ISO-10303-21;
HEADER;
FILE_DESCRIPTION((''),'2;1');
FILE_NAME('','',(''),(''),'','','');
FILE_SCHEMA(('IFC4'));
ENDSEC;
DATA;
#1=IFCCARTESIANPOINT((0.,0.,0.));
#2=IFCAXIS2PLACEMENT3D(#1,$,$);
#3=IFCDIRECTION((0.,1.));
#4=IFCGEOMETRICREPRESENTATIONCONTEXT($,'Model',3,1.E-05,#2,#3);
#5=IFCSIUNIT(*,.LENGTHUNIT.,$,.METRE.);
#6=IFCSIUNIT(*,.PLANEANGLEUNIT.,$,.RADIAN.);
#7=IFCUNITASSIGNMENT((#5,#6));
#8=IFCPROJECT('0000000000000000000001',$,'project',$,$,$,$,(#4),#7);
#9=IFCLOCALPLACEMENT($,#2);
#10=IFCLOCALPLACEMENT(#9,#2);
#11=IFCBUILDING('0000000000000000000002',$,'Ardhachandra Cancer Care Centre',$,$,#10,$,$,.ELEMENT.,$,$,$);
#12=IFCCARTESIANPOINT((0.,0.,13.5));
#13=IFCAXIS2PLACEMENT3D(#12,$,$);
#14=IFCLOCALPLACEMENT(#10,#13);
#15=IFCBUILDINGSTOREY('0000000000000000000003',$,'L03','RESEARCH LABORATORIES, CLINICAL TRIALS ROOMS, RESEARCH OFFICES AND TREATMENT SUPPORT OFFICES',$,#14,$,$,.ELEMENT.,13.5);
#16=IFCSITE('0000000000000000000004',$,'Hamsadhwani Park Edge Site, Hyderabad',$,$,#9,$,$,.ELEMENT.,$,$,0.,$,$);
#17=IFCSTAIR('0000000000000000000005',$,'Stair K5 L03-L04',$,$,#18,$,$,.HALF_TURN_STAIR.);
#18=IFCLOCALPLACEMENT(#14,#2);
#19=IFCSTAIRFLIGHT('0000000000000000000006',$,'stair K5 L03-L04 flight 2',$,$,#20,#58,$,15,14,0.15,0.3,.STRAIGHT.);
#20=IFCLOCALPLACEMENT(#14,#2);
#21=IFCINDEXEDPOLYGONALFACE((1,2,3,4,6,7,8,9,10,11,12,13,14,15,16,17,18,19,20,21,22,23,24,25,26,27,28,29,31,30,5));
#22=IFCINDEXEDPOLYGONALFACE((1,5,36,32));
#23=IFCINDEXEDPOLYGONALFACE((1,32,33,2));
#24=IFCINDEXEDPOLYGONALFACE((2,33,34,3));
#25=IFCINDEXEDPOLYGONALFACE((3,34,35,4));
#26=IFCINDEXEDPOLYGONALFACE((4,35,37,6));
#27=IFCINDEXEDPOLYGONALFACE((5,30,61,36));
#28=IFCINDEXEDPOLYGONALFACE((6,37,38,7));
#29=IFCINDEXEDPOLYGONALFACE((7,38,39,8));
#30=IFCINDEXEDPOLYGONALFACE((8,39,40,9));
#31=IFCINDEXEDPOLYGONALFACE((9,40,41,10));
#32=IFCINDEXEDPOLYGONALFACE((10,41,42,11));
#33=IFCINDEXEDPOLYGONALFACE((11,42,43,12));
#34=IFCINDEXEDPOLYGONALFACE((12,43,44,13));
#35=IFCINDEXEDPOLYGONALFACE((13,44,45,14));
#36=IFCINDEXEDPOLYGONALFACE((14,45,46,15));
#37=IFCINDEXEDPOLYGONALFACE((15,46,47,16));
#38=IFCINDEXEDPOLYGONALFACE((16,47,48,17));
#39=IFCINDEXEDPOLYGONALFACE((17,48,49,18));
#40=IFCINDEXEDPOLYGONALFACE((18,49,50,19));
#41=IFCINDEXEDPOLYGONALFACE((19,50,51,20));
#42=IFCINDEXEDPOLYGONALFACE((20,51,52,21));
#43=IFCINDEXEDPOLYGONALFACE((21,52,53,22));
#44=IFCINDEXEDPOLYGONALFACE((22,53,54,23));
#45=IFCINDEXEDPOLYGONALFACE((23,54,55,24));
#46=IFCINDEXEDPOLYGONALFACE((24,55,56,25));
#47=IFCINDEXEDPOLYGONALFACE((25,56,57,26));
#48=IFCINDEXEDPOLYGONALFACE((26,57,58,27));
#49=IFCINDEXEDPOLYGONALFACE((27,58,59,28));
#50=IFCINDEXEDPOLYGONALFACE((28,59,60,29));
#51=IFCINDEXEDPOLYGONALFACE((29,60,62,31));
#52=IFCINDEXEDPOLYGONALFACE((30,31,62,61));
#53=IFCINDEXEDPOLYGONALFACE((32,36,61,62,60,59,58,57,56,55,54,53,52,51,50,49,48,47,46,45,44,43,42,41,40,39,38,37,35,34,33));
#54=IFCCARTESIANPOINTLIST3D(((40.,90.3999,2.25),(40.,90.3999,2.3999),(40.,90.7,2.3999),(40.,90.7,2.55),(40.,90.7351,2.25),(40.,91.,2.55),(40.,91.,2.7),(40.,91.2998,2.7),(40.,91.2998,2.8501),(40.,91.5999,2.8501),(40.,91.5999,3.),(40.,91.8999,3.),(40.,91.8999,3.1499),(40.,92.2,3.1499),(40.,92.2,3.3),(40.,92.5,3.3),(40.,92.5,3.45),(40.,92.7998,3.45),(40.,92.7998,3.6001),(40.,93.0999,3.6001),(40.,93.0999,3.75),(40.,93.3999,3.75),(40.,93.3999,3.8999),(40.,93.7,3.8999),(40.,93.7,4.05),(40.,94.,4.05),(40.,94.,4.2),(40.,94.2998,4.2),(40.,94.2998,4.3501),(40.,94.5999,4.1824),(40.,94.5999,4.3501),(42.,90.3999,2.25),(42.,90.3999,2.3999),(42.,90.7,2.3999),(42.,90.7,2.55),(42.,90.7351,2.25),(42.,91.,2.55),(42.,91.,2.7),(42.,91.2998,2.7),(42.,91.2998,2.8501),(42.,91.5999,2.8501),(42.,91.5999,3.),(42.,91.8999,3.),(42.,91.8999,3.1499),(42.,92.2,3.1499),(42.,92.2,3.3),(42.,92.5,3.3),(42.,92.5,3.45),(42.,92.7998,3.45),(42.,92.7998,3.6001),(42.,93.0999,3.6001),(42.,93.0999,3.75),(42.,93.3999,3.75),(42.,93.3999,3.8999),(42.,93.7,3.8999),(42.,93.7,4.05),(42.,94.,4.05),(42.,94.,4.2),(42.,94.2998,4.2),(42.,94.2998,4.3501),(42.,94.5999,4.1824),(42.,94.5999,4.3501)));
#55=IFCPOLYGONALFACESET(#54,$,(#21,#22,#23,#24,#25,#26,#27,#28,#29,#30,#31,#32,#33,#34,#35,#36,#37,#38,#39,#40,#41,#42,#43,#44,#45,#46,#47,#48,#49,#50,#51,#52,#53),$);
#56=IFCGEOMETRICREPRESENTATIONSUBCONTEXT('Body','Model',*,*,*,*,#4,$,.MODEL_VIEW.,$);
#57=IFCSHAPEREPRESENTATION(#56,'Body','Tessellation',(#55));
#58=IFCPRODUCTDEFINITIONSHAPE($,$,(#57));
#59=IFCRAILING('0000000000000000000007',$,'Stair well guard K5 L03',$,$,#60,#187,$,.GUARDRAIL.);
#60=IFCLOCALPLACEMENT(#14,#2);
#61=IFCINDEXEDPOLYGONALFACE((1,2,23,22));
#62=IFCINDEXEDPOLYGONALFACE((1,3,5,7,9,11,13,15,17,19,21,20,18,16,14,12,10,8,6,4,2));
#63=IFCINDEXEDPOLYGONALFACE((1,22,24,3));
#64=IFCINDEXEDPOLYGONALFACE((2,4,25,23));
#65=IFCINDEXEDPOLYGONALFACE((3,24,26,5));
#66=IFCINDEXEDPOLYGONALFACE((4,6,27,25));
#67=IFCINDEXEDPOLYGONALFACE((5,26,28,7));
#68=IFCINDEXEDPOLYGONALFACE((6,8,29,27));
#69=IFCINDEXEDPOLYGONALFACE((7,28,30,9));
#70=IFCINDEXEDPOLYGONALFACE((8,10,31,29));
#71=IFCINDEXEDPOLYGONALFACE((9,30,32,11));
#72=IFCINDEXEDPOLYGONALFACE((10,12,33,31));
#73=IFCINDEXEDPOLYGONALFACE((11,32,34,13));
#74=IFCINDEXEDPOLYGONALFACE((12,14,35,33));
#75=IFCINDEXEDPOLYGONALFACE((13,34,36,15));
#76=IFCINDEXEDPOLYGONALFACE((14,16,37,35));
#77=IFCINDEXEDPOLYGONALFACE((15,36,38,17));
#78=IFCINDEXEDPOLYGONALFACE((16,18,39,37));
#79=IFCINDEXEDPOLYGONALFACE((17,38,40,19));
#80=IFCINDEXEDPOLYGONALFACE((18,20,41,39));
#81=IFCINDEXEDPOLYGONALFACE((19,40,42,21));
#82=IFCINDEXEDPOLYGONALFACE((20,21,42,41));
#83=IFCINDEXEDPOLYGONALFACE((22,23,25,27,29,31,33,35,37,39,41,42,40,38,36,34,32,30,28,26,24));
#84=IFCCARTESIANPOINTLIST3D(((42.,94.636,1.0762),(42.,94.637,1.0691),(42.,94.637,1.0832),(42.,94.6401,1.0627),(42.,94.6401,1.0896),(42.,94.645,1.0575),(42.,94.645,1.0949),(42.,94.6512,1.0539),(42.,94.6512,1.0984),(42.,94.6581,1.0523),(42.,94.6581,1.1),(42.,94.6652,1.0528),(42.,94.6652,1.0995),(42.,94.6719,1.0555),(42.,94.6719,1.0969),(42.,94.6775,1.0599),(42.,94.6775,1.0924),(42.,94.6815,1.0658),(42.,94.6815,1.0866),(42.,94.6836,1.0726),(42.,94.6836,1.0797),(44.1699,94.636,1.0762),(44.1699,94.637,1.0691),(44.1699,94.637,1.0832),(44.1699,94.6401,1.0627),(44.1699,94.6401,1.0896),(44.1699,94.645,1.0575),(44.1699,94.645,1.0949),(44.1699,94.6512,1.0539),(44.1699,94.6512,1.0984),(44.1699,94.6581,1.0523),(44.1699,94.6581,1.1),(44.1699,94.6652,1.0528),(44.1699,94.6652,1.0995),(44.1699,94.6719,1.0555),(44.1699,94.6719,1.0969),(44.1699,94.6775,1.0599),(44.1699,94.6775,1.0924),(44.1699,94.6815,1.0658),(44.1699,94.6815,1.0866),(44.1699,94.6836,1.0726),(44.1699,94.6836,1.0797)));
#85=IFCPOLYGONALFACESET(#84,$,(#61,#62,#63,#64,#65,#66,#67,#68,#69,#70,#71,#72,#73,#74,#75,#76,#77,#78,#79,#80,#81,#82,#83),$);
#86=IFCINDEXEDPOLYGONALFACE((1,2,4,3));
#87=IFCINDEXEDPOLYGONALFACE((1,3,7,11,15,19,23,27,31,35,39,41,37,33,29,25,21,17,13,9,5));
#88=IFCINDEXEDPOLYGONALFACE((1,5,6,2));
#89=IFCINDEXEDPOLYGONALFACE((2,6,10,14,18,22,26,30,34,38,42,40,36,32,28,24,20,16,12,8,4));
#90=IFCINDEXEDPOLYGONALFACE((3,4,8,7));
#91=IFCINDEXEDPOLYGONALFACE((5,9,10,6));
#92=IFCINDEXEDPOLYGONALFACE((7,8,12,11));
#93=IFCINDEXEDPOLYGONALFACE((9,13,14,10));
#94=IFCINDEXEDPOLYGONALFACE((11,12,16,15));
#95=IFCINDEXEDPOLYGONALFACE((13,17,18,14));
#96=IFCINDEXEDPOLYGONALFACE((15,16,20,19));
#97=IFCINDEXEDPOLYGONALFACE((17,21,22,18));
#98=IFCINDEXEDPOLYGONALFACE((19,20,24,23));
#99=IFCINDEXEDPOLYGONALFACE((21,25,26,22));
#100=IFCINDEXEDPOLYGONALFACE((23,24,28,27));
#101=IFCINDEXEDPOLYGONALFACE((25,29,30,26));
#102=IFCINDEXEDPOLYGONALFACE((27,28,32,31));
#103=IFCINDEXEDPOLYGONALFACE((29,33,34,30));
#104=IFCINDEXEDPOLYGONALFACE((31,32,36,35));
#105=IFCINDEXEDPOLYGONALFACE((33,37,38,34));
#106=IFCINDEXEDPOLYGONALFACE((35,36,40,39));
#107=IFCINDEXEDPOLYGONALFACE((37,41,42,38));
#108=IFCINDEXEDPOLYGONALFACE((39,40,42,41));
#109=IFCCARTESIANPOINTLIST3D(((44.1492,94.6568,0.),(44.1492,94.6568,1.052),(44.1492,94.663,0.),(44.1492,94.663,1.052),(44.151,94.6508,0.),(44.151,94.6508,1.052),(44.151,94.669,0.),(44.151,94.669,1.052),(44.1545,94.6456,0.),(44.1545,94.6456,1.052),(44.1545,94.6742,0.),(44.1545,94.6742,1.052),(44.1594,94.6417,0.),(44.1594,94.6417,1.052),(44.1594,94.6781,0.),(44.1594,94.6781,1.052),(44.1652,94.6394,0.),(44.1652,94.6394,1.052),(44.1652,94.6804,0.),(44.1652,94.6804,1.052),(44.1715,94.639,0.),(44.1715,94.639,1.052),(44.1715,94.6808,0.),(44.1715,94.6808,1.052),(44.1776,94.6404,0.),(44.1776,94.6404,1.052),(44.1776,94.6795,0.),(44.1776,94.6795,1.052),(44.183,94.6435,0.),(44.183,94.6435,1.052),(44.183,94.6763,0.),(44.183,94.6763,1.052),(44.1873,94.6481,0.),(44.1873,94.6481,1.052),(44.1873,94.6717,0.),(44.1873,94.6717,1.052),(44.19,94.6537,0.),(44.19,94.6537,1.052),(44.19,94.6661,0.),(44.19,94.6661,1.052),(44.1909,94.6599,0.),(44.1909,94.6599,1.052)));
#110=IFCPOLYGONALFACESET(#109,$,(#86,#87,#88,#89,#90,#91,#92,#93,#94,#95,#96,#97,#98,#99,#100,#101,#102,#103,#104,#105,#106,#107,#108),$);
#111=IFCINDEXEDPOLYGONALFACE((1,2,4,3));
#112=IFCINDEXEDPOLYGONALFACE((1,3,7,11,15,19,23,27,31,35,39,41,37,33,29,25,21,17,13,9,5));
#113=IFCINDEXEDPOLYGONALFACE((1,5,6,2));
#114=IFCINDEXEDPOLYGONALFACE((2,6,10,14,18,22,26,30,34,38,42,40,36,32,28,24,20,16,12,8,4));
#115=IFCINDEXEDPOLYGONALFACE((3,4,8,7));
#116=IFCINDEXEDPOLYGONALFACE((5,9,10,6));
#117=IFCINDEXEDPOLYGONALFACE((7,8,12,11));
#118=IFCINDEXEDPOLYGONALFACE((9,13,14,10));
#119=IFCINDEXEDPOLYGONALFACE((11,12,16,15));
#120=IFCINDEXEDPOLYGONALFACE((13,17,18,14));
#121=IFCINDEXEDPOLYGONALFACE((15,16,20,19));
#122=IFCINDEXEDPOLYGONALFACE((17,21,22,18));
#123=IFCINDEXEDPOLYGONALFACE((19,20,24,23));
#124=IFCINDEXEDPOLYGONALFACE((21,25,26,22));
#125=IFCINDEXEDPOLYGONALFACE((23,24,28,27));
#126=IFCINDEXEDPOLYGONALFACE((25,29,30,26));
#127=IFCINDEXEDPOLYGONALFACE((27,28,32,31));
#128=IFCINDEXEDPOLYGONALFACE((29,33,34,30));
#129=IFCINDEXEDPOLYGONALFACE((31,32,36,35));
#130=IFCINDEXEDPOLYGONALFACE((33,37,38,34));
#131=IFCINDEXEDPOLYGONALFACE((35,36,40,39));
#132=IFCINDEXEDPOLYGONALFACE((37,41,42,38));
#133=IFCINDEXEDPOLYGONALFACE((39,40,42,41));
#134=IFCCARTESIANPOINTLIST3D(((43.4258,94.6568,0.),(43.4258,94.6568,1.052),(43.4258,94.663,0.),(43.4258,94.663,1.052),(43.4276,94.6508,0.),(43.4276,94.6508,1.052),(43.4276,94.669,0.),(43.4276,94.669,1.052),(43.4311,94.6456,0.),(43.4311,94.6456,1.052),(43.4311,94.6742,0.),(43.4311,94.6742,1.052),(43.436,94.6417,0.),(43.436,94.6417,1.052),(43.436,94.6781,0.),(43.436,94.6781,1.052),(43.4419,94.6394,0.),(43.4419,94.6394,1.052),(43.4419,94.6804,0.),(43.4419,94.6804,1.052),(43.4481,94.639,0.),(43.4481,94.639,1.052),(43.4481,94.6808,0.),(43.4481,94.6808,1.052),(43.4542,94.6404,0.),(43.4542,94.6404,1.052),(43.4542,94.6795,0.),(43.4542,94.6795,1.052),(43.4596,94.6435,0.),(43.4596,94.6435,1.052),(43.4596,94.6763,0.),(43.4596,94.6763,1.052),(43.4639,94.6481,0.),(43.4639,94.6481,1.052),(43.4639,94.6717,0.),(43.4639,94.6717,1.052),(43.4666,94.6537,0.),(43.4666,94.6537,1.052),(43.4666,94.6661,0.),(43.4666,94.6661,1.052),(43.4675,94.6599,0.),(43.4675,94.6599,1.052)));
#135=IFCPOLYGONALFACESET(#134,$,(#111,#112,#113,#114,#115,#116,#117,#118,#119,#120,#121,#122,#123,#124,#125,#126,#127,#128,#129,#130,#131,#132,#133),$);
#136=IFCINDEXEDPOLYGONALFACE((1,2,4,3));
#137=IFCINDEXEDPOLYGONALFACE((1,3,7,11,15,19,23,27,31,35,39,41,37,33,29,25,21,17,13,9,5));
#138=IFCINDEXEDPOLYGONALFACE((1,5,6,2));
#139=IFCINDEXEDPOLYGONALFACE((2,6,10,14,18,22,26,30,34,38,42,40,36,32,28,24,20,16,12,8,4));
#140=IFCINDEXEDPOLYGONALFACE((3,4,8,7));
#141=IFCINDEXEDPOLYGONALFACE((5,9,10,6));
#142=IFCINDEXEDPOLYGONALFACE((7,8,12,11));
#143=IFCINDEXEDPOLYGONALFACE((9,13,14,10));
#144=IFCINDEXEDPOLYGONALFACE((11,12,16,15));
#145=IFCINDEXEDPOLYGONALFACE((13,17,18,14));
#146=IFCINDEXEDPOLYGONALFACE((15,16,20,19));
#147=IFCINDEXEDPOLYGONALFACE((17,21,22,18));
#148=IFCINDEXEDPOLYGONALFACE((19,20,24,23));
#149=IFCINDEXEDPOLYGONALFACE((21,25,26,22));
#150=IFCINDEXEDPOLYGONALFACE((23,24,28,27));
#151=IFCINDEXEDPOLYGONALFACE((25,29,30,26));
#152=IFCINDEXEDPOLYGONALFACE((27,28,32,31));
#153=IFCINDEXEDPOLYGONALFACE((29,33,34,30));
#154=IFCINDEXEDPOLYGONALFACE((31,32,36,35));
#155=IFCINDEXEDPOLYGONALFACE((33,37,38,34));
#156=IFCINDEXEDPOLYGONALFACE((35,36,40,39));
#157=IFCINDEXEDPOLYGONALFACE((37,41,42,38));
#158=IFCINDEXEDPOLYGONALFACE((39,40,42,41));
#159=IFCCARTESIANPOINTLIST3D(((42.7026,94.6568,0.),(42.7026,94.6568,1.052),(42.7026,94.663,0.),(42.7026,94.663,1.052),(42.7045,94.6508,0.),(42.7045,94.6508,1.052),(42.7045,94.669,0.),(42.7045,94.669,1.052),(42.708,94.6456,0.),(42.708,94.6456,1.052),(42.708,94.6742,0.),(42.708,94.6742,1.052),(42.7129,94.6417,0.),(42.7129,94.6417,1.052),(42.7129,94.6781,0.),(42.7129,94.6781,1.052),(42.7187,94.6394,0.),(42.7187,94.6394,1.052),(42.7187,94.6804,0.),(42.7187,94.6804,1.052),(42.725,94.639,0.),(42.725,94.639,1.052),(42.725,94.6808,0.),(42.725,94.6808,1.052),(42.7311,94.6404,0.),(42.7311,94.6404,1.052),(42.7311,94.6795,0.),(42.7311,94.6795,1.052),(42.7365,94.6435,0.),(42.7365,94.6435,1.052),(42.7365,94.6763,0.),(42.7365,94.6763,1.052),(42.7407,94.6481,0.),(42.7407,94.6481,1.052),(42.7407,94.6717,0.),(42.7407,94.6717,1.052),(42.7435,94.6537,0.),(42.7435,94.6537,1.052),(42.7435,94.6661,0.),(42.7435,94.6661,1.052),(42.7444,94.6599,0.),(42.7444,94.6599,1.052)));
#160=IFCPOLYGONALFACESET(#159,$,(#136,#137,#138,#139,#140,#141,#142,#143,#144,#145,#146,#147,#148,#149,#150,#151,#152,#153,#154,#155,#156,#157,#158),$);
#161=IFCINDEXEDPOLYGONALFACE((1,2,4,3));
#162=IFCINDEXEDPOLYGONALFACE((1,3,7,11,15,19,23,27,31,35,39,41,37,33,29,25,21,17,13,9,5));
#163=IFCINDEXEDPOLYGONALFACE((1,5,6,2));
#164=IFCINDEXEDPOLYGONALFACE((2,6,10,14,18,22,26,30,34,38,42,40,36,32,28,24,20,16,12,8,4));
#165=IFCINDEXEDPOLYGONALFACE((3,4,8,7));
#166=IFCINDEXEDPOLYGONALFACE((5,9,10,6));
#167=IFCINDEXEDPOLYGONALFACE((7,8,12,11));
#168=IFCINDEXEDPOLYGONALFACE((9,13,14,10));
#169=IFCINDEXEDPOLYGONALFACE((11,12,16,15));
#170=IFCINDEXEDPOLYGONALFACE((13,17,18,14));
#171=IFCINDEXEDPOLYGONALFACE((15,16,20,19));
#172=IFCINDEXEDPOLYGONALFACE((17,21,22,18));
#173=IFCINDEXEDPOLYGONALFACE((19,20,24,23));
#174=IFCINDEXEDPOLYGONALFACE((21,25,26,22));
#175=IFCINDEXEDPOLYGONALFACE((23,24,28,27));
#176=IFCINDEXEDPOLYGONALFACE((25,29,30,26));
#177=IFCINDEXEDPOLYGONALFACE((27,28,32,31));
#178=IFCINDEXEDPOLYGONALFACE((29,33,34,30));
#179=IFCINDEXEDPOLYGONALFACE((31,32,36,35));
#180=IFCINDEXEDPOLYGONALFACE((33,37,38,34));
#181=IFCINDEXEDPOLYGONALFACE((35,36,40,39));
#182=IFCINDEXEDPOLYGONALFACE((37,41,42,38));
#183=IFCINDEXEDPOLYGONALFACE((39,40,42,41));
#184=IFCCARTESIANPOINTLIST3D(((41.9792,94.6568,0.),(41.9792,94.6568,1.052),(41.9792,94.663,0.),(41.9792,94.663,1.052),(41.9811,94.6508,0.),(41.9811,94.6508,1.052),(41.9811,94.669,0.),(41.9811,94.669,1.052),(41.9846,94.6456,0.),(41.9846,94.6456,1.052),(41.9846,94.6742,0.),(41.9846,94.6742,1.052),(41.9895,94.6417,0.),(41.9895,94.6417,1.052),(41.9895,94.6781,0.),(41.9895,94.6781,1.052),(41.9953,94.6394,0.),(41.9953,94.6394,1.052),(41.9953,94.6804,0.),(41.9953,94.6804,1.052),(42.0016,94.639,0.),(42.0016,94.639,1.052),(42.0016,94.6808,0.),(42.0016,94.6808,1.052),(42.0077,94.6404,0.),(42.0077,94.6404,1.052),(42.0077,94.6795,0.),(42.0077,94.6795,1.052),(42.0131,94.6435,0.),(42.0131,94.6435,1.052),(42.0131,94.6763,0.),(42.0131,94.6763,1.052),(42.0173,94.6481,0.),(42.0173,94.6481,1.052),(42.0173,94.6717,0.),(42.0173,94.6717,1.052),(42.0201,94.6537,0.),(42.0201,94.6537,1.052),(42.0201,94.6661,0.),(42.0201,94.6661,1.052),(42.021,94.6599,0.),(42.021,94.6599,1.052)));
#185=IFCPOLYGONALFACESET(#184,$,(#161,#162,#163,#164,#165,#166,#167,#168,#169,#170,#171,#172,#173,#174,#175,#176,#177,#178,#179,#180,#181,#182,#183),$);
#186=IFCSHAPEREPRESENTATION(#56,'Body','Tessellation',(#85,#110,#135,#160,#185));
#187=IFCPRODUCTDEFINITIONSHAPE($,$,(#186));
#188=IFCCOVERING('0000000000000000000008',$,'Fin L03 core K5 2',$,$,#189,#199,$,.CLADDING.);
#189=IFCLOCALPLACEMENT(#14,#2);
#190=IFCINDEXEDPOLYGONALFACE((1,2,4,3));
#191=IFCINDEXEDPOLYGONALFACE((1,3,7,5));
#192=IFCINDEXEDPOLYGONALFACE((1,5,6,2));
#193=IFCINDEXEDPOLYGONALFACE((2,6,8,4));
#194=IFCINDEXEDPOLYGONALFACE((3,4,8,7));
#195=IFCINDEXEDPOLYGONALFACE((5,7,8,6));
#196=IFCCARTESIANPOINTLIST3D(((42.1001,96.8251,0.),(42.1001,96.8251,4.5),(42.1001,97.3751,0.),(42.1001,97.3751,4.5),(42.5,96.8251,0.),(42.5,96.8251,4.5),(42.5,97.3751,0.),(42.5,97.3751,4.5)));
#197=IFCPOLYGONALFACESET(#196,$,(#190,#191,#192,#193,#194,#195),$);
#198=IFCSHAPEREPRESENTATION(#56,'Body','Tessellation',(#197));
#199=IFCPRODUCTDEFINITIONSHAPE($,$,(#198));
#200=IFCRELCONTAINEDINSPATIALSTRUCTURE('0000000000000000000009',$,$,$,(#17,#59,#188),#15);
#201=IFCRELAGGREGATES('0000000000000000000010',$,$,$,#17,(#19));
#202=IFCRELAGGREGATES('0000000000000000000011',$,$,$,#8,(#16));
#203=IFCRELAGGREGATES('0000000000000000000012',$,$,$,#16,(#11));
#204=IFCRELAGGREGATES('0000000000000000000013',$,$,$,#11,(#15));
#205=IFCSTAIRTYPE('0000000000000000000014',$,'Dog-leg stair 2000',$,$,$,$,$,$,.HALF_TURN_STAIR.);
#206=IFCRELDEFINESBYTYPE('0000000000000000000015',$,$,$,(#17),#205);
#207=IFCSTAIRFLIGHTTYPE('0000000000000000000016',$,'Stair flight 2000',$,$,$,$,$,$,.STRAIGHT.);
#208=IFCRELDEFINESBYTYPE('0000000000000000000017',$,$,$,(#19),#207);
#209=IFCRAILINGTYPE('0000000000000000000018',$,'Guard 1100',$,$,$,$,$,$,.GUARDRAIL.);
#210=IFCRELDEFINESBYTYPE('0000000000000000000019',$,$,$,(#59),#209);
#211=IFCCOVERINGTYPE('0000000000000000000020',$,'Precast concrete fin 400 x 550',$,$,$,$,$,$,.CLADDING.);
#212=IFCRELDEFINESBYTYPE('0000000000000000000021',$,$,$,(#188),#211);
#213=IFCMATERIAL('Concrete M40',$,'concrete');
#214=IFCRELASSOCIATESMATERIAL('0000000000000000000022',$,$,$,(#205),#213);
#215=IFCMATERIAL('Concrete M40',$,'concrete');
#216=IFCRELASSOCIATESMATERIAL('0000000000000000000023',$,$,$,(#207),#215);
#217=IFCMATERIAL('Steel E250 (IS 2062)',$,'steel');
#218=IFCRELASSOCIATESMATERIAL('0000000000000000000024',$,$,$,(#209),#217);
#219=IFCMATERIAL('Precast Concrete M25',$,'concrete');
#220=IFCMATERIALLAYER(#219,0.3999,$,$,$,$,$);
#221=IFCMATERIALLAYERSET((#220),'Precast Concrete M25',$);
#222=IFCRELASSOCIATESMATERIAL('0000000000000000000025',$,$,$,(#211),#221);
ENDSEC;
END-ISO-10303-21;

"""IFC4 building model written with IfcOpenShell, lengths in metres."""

from ifc_helpers import new_model, si_unit, direction, frame, origin, origin_2d, place, context, subcontext, project, spatial, polyline, rectangle, circle, outline, extrude, material, layer, layer_set, type_object, element, aggregate, save


model = new_model("IFC4")

# Units and contexts
model_context = context("Model", 3, precision=1e-05, world=origin(), true_north=direction((0.0, 1.0)))
body_context = subcontext(model_context, "Body", "Model", "MODEL_VIEW")
ifc_project = project(units=[si_unit("LENGTHUNIT", "METRE"), si_unit("PLANEANGLEUNIT", "RADIAN")], contexts=[model_context])

# Site, building, storey
site_placement = place(None, origin())
site = spatial("IfcSite", under=ifc_project, at=site_placement, Name="Hamsadhwani Park Edge Site, Hyderabad", CompositionType="ELEMENT", RefElevation=0.0)
building_placement = place(site_placement, origin())
building = spatial("IfcBuilding", under=site, at=building_placement, Name="Ardhachandra Cancer Care Centre", CompositionType="ELEMENT")
storey_placement = place(building_placement, frame((0.0, 0.0, 13.5)))
storey = spatial("IfcBuildingStorey", under=building, at=storey_placement, Name="L03", Description="RESEARCH LABORATORIES, CLINICAL TRIALS ROOMS, RESEARCH OFFICES AND TREATMENT SUPPORT OFFICES", CompositionType="ELEMENT", Elevation=13.5)

# Stair, stair flight
ifc_material_1 = material(Name="Concrete M40", Category="concrete")
stair_type = type_object("IfcStairType", Name="Dog-leg stair 2000", PredefinedType="HALF_TURN_STAIR", material=ifc_material_1)
stair_placement = place(storey_placement, origin())
stair = element("IfcStair", 1, at=stair_placement, inside=storey, type_object=stair_type, Name="Stair K5 L03-L04", PredefinedType="HALF_TURN_STAIR")
ifc_material_2 = material(Name="Concrete M40", Category="concrete")
stair_flight_type = type_object("IfcStairFlightType", Name="Stair flight 2000", PredefinedType="STRAIGHT", material=ifc_material_2)
stair_flight_1_placement = place(storey_placement, frame((41.0, 90.3999, 2.25), z_axis=(0.0, 0.0, 1.0), x_axis=(0.0, 1.0, 0.0)))
stair_flight_1 = element("IfcStairFlight", 2, at=stair_flight_1_placement, type_object=stair_flight_type, Name="stair K5 L03-L04 flight 2", NumberOfRisers=15, NumberOfTreads=14, PredefinedType="STRAIGHT", RiserHeight=0.15, TreadLength=0.3, context=body_context, shape_type="SweptSolid", body=[
    extrude(outline(polyline([(0.0, 0.0), (0.0, 0.1499), (0.3, 0.1499), (0.3, 0.3), (0.6001, 0.3), (0.6001, 0.45), (0.8999, 0.45), (0.8999, 0.6001), (1.2, 0.6001), (1.2, 0.75), (1.5, 0.75), (1.5, 0.8999), (1.8, 0.8999), (1.8, 1.05), (2.1001, 1.05), (2.1001, 1.2), (2.3999, 1.2), (2.3999, 1.3501), (2.7, 1.3501), (2.7, 1.5), (3.0, 1.5), (3.0, 1.6499), (3.3, 1.6499), (3.3, 1.8), (3.6001, 1.8), (3.6001, 1.95), (3.8999, 1.95), (3.8999, 2.1001), (4.2, 2.1001), (4.2, 2.25), (4.2, 1.9324), (0.3352, 0.0), (0.0, 0.0)])), frame((0.0, 1.0, 0.0), z_axis=(0.0, -1.0, 0.0), x_axis=(1.0, 0.0, 0.0)), (0.0, 0.0, 1.0), 2.0),
])
aggregate(stair, [stair_flight_1])

# Railing
ifc_material_3 = material(Name="Steel E250 (IS 2062)", Category="steel")
railing_type_1 = type_object("IfcRailingType", Name="Guard 1100", PredefinedType="GUARDRAIL", material=ifc_material_3)
railing_placement = place(storey_placement, frame((44.1699, 94.6599, 0.0)))
element("IfcRailing", 3, at=railing_placement, inside=storey, type_object=railing_type_1, Name="Stair well guard K5 L03", PredefinedType="GUARDRAIL", context=body_context, shape_type="SweptSolid", body=[
    extrude(circle(Radius=0.0239, at=origin_2d()), frame((0.0, 0.0, 1.0762), z_axis=(-1.0, 0.0, 0.0), x_axis=(0.0, -1.0, 0.0)), (0.0, 0.0, 1.0), 2.1699),
    extrude(circle(Radius=0.021, at=origin_2d()), origin(), (0.0, 0.0, 1.0), 1.052),
    extrude(circle(Radius=0.021, at=origin_2d()), frame((-0.7234, 0.0, 0.0)), (0.0, 0.0, 1.0), 1.052),
    extrude(circle(Radius=0.021, at=origin_2d()), frame((-1.4465, 0.0, 0.0)), (0.0, 0.0, 1.0), 1.052),
    extrude(circle(Radius=0.021, at=origin_2d()), frame((-2.1699, 0.0, 0.0)), (0.0, 0.0, 1.0), 1.052),
])

# Covering
ifc_material_4 = material(Name="Precast Concrete M25", Category="concrete")
ifc_layer_1 = layer(ifc_material_4, 0.3999)
ifc_layer_set_1 = layer_set([ifc_layer_1], Name="Precast Concrete M25")
covering_type = type_object("IfcCoveringType", Name="Precast concrete fin 400 x 550", PredefinedType="CLADDING", material=ifc_layer_set_1)
covering_placement = place(storey_placement, frame((42.3, 97.1001, 0.0), z_axis=(0.0, 0.0, 1.0), x_axis=(1.0, 0.0, 0.0)))
element("IfcCovering", 4, at=covering_placement, inside=storey, type_object=covering_type, Name="Fin L03 core K5 2", PredefinedType="CLADDING", context=body_context, shape_type="SweptSolid", body=[
    extrude(rectangle(XDim=0.3999, YDim=0.55, at=origin_2d()), origin(), (0.0, 0.0, 1.0), 4.5),
])

save(model, "model.ifc")
